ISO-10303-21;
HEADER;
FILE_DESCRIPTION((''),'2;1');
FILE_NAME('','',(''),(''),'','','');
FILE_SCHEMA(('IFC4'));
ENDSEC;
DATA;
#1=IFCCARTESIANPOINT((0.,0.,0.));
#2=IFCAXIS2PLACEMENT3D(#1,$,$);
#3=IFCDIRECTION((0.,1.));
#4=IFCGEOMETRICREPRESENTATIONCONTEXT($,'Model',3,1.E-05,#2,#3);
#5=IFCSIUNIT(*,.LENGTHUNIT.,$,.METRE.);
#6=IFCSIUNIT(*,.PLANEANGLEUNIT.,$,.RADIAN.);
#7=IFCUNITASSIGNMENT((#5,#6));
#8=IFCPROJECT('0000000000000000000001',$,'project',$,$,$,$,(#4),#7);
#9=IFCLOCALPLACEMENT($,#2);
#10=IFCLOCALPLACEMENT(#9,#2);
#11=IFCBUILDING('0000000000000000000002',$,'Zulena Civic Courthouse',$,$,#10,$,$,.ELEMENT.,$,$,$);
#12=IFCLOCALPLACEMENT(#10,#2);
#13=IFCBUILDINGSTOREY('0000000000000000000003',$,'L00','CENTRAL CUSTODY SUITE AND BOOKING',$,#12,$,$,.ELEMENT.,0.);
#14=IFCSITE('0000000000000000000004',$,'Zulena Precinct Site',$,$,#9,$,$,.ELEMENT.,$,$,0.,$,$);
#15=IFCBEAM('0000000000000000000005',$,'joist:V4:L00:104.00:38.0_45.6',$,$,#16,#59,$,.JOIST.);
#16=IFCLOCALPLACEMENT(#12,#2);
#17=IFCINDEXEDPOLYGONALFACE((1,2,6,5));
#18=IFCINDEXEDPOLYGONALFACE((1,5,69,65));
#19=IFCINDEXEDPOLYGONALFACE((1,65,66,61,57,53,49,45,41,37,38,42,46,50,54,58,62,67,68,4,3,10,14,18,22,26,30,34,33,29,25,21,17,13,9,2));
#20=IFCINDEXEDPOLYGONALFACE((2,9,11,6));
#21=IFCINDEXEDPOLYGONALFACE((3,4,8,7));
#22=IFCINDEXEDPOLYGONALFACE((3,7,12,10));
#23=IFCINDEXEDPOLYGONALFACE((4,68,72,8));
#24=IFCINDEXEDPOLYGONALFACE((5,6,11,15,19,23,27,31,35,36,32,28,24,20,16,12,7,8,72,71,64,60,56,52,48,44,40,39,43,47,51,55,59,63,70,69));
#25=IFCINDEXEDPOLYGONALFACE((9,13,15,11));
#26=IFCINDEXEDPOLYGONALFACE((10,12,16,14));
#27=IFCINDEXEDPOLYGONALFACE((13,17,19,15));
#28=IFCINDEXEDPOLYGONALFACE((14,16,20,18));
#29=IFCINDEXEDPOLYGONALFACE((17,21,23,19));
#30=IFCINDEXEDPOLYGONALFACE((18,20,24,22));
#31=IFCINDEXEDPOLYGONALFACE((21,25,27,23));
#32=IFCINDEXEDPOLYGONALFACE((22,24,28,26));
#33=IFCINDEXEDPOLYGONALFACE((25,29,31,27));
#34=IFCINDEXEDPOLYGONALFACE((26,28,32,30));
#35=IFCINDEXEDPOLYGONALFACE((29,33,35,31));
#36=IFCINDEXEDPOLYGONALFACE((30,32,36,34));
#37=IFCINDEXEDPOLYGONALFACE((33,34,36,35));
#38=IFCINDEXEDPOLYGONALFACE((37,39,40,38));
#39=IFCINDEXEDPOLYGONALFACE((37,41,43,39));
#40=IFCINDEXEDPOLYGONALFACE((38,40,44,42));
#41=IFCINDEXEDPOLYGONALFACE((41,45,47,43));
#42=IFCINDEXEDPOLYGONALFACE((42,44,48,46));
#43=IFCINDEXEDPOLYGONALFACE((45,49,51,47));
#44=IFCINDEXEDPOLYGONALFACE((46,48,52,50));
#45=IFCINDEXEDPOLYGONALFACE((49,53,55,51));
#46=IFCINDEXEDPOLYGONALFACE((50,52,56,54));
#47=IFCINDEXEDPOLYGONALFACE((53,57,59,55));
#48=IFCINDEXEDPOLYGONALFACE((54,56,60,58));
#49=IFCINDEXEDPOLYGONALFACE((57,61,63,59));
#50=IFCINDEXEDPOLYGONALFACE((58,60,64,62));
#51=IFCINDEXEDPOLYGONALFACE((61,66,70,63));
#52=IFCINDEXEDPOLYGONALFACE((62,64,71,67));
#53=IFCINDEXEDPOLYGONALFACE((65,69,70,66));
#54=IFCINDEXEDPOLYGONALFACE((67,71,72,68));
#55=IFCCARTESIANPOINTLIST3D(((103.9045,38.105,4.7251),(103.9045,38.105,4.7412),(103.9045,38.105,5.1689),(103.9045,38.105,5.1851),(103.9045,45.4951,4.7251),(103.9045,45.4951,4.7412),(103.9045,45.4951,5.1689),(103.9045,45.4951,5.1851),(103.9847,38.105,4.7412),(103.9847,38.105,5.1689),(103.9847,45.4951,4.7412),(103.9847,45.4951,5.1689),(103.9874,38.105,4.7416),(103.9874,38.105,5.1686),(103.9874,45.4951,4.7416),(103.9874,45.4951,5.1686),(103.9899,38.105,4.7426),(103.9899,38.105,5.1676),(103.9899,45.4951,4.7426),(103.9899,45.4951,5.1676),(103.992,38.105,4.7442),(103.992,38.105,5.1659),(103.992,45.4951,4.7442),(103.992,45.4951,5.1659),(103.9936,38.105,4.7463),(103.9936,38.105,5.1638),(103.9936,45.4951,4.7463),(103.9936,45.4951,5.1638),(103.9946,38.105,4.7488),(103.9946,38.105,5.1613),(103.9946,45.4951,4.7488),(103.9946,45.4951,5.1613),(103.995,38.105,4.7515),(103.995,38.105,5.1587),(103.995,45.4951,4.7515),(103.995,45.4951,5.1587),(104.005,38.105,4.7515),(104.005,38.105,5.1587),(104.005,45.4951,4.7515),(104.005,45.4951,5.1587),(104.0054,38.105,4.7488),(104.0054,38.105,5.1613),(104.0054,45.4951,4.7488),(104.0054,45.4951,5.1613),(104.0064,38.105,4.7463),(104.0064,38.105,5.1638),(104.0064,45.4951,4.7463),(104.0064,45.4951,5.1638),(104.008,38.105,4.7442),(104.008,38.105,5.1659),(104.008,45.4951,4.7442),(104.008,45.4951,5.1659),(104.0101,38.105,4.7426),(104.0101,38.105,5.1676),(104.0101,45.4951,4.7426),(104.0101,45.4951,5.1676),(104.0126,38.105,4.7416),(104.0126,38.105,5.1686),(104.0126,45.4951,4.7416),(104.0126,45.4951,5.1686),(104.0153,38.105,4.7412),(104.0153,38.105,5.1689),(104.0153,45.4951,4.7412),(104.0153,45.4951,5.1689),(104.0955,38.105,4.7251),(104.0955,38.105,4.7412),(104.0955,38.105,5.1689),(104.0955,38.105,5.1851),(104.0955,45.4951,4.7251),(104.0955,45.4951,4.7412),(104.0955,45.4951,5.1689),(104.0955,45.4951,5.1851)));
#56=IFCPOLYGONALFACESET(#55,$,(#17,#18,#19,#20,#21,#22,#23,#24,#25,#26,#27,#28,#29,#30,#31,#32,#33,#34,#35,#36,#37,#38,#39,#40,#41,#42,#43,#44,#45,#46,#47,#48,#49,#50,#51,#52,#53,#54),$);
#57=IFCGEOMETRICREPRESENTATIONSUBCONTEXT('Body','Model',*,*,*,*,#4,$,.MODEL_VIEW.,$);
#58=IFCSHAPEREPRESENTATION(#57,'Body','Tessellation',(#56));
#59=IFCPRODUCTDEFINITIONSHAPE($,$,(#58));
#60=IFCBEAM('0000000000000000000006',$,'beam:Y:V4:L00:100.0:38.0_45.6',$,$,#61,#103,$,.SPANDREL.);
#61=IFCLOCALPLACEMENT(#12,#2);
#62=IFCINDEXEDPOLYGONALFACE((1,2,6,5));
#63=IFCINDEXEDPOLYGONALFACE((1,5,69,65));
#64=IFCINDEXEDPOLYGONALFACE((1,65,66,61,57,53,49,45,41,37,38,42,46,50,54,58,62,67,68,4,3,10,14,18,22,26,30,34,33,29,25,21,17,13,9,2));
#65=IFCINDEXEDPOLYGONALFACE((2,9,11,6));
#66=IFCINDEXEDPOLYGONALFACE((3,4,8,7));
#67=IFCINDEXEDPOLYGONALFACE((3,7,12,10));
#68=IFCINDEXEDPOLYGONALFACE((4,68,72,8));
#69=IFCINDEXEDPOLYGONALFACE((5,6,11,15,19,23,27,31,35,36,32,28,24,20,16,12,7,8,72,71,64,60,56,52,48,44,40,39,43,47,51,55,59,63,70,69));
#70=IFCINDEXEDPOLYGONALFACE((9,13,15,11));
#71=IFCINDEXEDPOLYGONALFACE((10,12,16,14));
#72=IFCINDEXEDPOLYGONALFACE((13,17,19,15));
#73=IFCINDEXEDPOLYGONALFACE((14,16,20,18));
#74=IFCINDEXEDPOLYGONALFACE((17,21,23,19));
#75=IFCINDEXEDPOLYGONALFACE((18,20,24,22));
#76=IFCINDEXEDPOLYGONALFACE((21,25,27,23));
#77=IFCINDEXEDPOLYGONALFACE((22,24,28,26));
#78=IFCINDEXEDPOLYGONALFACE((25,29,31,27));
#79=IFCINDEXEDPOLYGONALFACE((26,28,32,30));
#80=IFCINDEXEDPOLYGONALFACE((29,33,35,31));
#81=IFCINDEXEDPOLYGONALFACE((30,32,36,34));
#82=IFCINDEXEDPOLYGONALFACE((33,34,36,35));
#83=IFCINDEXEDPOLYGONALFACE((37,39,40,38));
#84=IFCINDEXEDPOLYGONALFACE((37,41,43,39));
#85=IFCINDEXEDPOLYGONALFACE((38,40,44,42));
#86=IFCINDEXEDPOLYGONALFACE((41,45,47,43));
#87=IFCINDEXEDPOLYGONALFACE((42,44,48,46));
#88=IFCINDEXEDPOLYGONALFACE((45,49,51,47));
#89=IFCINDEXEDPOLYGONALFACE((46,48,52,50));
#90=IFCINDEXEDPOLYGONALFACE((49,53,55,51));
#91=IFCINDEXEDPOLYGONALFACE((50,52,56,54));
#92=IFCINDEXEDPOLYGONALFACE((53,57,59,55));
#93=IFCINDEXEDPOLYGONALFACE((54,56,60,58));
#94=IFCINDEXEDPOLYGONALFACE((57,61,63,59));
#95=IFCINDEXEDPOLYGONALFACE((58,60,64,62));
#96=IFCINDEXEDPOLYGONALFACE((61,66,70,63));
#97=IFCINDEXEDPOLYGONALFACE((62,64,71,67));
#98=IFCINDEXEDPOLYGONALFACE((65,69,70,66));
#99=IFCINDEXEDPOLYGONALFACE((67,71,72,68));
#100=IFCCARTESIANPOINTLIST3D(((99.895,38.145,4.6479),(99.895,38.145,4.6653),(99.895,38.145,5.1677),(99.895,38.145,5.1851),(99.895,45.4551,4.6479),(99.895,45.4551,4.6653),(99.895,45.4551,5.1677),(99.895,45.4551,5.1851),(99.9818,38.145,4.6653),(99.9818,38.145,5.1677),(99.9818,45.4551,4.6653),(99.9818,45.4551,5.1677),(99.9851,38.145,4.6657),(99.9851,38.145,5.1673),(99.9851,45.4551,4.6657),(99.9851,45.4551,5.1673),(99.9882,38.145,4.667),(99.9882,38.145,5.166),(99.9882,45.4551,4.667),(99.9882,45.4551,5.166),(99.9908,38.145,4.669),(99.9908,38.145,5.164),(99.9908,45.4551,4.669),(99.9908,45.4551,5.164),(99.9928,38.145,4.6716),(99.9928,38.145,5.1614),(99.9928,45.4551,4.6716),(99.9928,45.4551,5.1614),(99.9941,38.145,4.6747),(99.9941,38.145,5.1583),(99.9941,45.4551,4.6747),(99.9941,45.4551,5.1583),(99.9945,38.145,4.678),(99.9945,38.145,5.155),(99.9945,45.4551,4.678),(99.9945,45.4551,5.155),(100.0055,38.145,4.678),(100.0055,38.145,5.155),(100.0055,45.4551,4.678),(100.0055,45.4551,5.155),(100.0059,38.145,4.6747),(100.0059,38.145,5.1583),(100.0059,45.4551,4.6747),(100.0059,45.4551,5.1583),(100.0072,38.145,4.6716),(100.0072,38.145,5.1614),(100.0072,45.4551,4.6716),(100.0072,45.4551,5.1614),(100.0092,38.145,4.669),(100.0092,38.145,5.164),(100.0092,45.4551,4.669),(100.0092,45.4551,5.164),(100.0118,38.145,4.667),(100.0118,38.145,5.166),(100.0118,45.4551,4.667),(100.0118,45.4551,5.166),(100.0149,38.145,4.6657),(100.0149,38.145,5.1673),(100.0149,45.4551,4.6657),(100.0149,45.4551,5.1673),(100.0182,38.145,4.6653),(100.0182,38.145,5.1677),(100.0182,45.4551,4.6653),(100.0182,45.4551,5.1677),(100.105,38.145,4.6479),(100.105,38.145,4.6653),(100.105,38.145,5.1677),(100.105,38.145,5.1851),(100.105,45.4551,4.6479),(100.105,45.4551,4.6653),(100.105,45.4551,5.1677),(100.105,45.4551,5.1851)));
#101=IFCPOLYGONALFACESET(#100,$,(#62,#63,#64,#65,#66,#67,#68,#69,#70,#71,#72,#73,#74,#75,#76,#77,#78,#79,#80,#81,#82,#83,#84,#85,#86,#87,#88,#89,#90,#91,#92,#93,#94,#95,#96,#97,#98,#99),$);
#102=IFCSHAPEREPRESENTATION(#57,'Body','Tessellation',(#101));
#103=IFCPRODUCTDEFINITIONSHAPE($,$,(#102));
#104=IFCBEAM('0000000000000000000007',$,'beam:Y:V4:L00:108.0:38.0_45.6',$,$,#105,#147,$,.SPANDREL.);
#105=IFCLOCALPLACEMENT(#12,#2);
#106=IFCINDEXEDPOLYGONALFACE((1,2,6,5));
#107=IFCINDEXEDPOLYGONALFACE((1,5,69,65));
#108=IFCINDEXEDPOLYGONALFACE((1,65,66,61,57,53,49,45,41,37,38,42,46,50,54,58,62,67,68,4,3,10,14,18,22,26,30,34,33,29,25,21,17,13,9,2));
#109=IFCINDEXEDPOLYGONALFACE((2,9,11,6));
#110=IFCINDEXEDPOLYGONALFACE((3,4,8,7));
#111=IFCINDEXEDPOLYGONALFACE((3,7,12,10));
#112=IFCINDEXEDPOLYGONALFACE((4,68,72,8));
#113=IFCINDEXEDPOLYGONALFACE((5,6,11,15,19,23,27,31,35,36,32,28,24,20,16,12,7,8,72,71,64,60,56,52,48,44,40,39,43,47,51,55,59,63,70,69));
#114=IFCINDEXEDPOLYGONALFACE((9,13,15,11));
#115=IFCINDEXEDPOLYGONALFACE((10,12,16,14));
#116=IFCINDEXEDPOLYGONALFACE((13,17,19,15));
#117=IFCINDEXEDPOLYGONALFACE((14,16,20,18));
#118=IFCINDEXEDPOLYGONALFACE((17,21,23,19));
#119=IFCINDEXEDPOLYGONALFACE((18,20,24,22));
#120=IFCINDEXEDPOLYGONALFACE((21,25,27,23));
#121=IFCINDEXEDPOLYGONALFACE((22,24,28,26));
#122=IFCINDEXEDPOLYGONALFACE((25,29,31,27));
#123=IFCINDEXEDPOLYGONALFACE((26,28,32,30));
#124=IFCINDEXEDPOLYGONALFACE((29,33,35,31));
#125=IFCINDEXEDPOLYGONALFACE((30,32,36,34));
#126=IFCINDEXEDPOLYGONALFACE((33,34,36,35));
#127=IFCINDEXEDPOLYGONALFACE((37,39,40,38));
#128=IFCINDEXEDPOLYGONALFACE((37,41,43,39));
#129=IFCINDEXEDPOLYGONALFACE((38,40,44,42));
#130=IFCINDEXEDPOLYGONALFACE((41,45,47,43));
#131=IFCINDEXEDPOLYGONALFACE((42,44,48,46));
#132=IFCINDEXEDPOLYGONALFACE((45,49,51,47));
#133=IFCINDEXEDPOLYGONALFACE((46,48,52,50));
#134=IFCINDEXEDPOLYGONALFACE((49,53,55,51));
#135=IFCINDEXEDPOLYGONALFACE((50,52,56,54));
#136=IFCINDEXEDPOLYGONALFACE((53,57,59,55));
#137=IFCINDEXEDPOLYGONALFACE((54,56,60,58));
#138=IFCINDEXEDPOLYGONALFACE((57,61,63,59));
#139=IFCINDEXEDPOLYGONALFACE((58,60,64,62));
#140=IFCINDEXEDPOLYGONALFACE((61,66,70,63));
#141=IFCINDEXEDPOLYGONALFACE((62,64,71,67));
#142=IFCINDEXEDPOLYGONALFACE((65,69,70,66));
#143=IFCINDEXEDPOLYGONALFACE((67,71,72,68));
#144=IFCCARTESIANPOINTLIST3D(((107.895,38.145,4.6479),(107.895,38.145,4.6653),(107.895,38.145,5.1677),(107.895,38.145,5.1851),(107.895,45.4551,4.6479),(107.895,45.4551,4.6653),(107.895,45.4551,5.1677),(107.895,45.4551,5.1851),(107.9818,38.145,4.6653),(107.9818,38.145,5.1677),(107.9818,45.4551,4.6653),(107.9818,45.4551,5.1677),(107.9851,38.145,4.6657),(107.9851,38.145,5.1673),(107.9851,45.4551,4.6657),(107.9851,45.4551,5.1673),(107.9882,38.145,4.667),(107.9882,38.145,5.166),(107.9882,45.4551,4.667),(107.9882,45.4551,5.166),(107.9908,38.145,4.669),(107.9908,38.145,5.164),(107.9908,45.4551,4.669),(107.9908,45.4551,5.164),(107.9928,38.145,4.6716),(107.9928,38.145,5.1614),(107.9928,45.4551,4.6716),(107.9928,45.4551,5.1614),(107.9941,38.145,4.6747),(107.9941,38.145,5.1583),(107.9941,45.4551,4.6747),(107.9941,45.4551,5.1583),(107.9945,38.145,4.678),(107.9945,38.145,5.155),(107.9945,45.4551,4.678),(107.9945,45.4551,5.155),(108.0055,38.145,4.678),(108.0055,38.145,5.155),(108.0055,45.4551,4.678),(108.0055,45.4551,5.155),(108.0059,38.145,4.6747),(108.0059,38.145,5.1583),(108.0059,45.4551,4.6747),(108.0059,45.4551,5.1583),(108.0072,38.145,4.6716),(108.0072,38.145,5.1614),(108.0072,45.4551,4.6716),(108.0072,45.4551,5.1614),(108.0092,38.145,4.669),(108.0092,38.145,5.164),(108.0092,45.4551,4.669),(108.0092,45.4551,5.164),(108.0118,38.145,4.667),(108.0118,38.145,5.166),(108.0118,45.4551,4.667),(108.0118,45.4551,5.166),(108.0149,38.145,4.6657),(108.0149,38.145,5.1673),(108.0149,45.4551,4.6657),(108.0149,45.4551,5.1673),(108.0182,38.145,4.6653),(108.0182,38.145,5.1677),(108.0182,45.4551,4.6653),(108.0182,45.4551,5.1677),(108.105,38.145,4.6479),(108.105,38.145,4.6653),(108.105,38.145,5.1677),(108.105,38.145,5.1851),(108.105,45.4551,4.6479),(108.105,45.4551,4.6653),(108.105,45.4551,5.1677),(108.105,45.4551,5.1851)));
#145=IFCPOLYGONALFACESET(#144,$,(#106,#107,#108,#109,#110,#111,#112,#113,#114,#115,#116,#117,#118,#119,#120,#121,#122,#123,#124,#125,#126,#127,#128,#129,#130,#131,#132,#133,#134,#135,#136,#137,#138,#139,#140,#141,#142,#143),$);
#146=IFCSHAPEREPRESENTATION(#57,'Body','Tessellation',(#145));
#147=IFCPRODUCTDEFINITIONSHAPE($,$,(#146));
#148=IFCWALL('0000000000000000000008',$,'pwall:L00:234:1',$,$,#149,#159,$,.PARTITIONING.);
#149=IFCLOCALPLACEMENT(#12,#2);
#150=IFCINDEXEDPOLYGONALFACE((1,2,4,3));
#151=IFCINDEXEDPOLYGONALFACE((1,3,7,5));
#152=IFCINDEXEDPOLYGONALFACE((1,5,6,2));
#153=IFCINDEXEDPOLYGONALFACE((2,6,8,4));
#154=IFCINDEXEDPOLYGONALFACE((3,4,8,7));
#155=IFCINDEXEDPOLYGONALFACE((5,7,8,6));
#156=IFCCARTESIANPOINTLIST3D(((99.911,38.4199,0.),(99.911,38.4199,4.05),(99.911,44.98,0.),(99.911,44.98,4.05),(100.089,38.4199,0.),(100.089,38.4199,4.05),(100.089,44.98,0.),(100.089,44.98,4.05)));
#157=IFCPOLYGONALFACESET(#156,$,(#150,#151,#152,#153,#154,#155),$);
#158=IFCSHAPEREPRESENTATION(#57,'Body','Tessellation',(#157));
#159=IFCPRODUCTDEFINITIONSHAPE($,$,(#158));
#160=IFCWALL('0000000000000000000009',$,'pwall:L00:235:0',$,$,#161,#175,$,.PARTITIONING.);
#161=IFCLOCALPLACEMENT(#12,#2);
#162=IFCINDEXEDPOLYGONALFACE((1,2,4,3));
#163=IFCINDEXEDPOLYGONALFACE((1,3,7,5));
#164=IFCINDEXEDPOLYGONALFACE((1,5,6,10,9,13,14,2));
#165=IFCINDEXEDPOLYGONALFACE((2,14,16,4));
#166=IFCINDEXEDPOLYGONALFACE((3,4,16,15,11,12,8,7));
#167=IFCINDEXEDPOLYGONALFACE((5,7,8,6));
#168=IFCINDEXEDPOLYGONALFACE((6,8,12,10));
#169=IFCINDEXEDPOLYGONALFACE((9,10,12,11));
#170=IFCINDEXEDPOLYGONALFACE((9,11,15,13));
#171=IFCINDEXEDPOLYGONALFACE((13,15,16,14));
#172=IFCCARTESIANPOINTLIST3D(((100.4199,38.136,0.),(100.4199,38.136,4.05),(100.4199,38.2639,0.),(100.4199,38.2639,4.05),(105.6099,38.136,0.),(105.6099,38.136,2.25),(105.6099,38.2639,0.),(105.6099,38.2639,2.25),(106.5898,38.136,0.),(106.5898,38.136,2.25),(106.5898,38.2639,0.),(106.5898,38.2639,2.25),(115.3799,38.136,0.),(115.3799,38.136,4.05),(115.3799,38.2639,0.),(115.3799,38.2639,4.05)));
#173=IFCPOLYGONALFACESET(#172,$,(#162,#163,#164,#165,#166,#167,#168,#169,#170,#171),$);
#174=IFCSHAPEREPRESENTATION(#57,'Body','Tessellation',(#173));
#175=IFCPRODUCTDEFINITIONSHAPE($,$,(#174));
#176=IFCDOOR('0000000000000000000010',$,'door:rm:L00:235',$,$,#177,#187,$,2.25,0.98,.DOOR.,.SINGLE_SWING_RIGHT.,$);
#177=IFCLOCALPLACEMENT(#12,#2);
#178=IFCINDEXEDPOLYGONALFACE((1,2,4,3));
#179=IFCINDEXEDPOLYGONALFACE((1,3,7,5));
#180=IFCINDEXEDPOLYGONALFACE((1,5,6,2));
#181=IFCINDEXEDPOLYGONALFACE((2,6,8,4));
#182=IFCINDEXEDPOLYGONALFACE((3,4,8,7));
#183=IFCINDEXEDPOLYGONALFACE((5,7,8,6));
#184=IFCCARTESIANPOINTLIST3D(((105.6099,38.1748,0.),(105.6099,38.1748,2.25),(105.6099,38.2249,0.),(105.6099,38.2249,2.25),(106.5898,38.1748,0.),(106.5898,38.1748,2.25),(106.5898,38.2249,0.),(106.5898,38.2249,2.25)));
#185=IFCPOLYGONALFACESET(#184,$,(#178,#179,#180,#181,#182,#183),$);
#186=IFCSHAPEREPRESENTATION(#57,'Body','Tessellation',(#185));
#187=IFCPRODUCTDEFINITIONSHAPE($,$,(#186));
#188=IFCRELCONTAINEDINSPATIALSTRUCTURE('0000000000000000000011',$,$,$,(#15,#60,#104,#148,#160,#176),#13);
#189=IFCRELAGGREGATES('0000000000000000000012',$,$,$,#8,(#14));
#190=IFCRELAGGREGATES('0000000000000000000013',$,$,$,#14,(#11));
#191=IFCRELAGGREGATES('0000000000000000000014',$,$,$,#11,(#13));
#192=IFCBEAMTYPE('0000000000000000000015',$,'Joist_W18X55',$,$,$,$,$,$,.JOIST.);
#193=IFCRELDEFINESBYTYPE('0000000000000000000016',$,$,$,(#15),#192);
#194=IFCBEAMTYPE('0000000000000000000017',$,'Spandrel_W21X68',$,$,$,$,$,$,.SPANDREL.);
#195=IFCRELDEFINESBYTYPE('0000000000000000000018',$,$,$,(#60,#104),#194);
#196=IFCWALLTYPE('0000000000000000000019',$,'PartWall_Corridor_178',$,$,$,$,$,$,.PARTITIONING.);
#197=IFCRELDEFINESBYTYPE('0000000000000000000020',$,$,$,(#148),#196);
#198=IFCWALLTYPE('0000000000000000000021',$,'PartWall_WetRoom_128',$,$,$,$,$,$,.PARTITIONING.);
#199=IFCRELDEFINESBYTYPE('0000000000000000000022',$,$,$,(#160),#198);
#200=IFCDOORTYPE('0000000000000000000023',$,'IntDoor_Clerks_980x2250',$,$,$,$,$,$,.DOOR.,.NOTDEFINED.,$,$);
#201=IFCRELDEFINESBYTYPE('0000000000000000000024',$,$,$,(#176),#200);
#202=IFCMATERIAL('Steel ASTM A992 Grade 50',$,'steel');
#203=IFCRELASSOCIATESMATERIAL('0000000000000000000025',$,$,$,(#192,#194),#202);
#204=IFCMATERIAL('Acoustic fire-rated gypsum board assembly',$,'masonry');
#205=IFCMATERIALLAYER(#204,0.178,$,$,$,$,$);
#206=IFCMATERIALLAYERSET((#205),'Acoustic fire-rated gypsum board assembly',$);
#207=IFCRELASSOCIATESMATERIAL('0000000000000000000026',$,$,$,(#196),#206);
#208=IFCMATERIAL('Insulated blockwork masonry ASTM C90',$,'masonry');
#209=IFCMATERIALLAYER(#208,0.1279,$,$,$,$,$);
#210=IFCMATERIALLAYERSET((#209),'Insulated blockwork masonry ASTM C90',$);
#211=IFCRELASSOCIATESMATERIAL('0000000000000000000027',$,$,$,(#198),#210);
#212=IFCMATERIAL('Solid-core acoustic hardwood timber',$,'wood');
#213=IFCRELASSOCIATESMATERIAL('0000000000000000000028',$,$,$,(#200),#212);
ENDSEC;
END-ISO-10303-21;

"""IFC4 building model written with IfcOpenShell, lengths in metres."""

from ifc_helpers import new_model, si_unit, direction, frame, frame_2d, origin, origin_2d, place, context, subcontext, project, spatial, rectangle, i_section, extrude, material, layer, layer_set, material_profile, profile_set, type_object, element, fill, save


model = new_model("IFC4")

# Units and contexts
model_context = context("Model", 3, precision=1e-05, world=origin(), true_north=direction((0.0, 1.0)))
body_context = subcontext(model_context, "Body", "Model", "MODEL_VIEW")
ifc_project = project(units=[si_unit("LENGTHUNIT", "METRE"), si_unit("PLANEANGLEUNIT", "RADIAN")], contexts=[model_context])

# Site, building, storey
site_placement = place(None, origin())
site = spatial("IfcSite", under=ifc_project, at=site_placement, Name="Zulena Precinct Site", CompositionType="ELEMENT", RefElevation=0.0)
building_placement = place(site_placement, origin())
building = spatial("IfcBuilding", under=site, at=building_placement, Name="Zulena Civic Courthouse", CompositionType="ELEMENT")
storey_placement = place(building_placement, origin())
storey = spatial("IfcBuildingStorey", under=building, at=storey_placement, Name="L00", Description="CENTRAL CUSTODY SUITE AND BOOKING", CompositionType="ELEMENT", Elevation=0.0)

# Shared definitions
ifc_material_1 = material(Name="Steel ASTM A992 Grade 50", Category="steel")

# Beams
ifc_material_profile_1 = material_profile(ifc_material_1, i_section(OverallWidth=0.1909, OverallDepth=0.46, WebThickness=0.01, FlangeThickness=0.0161, FilletRadius=0.0103, at=origin_2d()), Name="W18X55")
ifc_profile_set_1 = profile_set([ifc_material_profile_1], Name="Steel ASTM A992 Grade 50")
beam_type_1 = type_object("IfcBeamType", Name="Joist_W18X55", PredefinedType="JOIST", material=ifc_profile_set_1)
for number, where, z_axis, x_axis, name in (
    (1, (104.0, 38.105, 4.9551), (0.0, 1.0, 0.0), (-1.0, 0.0, 0.0), "joist:V4:L00:104.00:38.0_45.6"),
):
    element("IfcBeam", number, at=place(storey_placement, frame(where, z_axis=z_axis, x_axis=x_axis)), inside=storey, type_object=beam_type_1, Name=name, PredefinedType="JOIST", context=body_context, shape_type="SweptSolid", body=[
        extrude(i_section(OverallWidth=0.1909, OverallDepth=0.46, WebThickness=0.01, FlangeThickness=0.0161, FilletRadius=0.0103, at=origin_2d()), origin(), (0.0, 0.0, 1.0), 7.3901),
    ])
ifc_material_profile_2 = material_profile(ifc_material_1, i_section(OverallWidth=0.21, OverallDepth=0.5371, WebThickness=0.011, FlangeThickness=0.0173, FilletRadius=0.0127, at=origin_2d()), Name="W21X68")
ifc_profile_set_2 = profile_set([ifc_material_profile_2], Name="Steel ASTM A992 Grade 50")
beam_type_2 = type_object("IfcBeamType", Name="Spandrel_W21X68", PredefinedType="SPANDREL", material=ifc_profile_set_2)
for number, where, z_axis, x_axis, name in (
    (2, (100.0, 38.145, 4.9165), (0.0, 1.0, 0.0), (-1.0, 0.0, 0.0), "beam:Y:V4:L00:100.0:38.0_45.6"),
    (3, (108.0, 38.145, 4.9165), (0.0, 1.0, 0.0), (-1.0, 0.0, 0.0), "beam:Y:V4:L00:108.0:38.0_45.6"),
):
    element("IfcBeam", number, at=place(storey_placement, frame(where, z_axis=z_axis, x_axis=x_axis)), inside=storey, type_object=beam_type_2, Name=name, PredefinedType="SPANDREL", context=body_context, shape_type="SweptSolid", body=[
        extrude(i_section(OverallWidth=0.21, OverallDepth=0.5371, WebThickness=0.011, FlangeThickness=0.0173, FilletRadius=0.0127, at=origin_2d()), origin(), (0.0, 0.0, 1.0), 7.3101),
    ])

# Wall
ifc_material_2 = material(Name="Acoustic fire-rated gypsum board assembly", Category="masonry")
ifc_layer_1 = layer(ifc_material_2, 0.178)
ifc_layer_set_1 = layer_set([ifc_layer_1], Name="Acoustic fire-rated gypsum board assembly")
wall_type_1 = type_object("IfcWallType", Name="PartWall_Corridor_178", PredefinedType="PARTITIONING", material=ifc_layer_set_1)
wall_1_placement = place(storey_placement, frame((100.0, 38.4199, 0.0), z_axis=(0.0, 0.0, 1.0), x_axis=(0.0, 1.0, 0.0)))
element("IfcWall", 4, at=wall_1_placement, inside=storey, type_object=wall_type_1, Name="pwall:L00:234:1", PredefinedType="PARTITIONING", context=body_context, shape_type="SweptSolid", body=[
    extrude(rectangle(XDim=6.5601, YDim=0.178, at=frame_2d((3.28, 0.0))), origin(), (0.0, 0.0, 1.0), 4.05),
])

# Wall, opening, door
ifc_material_3 = material(Name="Insulated blockwork masonry ASTM C90", Category="masonry")
ifc_layer_2 = layer(ifc_material_3, 0.1279)
ifc_layer_set_2 = layer_set([ifc_layer_2], Name="Insulated blockwork masonry ASTM C90")
wall_type_2 = type_object("IfcWallType", Name="PartWall_WetRoom_128", PredefinedType="PARTITIONING", material=ifc_layer_set_2)
wall_2_placement = place(storey_placement, frame((100.4199, 38.2, 0.0), z_axis=(0.0, 0.0, 1.0), x_axis=(1.0, 0.0, 0.0)))
wall_2 = element("IfcWall", 5, at=wall_2_placement, inside=storey, type_object=wall_type_2, Name="pwall:L00:235:0", PredefinedType="PARTITIONING", context=body_context, shape_type="SweptSolid", body=[
    extrude(rectangle(XDim=14.96, YDim=0.1279, at=frame_2d((7.48, 0.0))), origin(), (0.0, 0.0, 1.0), 4.05),
])
opening_placement = place(wall_2_placement, frame((5.1899, 0.0, 0.0)))
opening = element("IfcOpeningElement", 6, at=opening_placement, cuts=wall_2, PredefinedType="OPENING", context=body_context, shape_type="SweptSolid", body=[
    extrude(rectangle(XDim=0.98, YDim=2.25, at=frame_2d((0.49, 1.125))), frame((0.0, 0.074, 0.0), z_axis=(0.0, -1.0, 0.0), x_axis=(1.0, 0.0, 0.0)), (0.0, 0.0, 1.0), 0.1479),
])
ifc_material_4 = material(Name="Solid-core acoustic hardwood timber", Category="wood")
door_type = type_object("IfcDoorType", Name="IntDoor_Clerks_980x2250", OperationType="NOTDEFINED", PredefinedType="DOOR", material=ifc_material_4)
door_placement = place(opening_placement, origin())
door = element("IfcDoor", 7, at=door_placement, inside=storey, type_object=door_type, Name="door:rm:L00:235", OperationType="SINGLE_SWING_RIGHT", OverallHeight=2.25, OverallWidth=0.98, PredefinedType="DOOR", context=body_context, shape_type="SweptSolid", body=[
    extrude(rectangle(XDim=0.98, YDim=2.25, at=frame_2d((0.49, 1.125))), frame((0.0, 0.0249, 0.0), z_axis=(0.0, -1.0, 0.0), x_axis=(1.0, 0.0, 0.0)), (0.0, 0.0, 1.0), 0.05),
])
fill(opening, door)

save(model, "model.ifc")
